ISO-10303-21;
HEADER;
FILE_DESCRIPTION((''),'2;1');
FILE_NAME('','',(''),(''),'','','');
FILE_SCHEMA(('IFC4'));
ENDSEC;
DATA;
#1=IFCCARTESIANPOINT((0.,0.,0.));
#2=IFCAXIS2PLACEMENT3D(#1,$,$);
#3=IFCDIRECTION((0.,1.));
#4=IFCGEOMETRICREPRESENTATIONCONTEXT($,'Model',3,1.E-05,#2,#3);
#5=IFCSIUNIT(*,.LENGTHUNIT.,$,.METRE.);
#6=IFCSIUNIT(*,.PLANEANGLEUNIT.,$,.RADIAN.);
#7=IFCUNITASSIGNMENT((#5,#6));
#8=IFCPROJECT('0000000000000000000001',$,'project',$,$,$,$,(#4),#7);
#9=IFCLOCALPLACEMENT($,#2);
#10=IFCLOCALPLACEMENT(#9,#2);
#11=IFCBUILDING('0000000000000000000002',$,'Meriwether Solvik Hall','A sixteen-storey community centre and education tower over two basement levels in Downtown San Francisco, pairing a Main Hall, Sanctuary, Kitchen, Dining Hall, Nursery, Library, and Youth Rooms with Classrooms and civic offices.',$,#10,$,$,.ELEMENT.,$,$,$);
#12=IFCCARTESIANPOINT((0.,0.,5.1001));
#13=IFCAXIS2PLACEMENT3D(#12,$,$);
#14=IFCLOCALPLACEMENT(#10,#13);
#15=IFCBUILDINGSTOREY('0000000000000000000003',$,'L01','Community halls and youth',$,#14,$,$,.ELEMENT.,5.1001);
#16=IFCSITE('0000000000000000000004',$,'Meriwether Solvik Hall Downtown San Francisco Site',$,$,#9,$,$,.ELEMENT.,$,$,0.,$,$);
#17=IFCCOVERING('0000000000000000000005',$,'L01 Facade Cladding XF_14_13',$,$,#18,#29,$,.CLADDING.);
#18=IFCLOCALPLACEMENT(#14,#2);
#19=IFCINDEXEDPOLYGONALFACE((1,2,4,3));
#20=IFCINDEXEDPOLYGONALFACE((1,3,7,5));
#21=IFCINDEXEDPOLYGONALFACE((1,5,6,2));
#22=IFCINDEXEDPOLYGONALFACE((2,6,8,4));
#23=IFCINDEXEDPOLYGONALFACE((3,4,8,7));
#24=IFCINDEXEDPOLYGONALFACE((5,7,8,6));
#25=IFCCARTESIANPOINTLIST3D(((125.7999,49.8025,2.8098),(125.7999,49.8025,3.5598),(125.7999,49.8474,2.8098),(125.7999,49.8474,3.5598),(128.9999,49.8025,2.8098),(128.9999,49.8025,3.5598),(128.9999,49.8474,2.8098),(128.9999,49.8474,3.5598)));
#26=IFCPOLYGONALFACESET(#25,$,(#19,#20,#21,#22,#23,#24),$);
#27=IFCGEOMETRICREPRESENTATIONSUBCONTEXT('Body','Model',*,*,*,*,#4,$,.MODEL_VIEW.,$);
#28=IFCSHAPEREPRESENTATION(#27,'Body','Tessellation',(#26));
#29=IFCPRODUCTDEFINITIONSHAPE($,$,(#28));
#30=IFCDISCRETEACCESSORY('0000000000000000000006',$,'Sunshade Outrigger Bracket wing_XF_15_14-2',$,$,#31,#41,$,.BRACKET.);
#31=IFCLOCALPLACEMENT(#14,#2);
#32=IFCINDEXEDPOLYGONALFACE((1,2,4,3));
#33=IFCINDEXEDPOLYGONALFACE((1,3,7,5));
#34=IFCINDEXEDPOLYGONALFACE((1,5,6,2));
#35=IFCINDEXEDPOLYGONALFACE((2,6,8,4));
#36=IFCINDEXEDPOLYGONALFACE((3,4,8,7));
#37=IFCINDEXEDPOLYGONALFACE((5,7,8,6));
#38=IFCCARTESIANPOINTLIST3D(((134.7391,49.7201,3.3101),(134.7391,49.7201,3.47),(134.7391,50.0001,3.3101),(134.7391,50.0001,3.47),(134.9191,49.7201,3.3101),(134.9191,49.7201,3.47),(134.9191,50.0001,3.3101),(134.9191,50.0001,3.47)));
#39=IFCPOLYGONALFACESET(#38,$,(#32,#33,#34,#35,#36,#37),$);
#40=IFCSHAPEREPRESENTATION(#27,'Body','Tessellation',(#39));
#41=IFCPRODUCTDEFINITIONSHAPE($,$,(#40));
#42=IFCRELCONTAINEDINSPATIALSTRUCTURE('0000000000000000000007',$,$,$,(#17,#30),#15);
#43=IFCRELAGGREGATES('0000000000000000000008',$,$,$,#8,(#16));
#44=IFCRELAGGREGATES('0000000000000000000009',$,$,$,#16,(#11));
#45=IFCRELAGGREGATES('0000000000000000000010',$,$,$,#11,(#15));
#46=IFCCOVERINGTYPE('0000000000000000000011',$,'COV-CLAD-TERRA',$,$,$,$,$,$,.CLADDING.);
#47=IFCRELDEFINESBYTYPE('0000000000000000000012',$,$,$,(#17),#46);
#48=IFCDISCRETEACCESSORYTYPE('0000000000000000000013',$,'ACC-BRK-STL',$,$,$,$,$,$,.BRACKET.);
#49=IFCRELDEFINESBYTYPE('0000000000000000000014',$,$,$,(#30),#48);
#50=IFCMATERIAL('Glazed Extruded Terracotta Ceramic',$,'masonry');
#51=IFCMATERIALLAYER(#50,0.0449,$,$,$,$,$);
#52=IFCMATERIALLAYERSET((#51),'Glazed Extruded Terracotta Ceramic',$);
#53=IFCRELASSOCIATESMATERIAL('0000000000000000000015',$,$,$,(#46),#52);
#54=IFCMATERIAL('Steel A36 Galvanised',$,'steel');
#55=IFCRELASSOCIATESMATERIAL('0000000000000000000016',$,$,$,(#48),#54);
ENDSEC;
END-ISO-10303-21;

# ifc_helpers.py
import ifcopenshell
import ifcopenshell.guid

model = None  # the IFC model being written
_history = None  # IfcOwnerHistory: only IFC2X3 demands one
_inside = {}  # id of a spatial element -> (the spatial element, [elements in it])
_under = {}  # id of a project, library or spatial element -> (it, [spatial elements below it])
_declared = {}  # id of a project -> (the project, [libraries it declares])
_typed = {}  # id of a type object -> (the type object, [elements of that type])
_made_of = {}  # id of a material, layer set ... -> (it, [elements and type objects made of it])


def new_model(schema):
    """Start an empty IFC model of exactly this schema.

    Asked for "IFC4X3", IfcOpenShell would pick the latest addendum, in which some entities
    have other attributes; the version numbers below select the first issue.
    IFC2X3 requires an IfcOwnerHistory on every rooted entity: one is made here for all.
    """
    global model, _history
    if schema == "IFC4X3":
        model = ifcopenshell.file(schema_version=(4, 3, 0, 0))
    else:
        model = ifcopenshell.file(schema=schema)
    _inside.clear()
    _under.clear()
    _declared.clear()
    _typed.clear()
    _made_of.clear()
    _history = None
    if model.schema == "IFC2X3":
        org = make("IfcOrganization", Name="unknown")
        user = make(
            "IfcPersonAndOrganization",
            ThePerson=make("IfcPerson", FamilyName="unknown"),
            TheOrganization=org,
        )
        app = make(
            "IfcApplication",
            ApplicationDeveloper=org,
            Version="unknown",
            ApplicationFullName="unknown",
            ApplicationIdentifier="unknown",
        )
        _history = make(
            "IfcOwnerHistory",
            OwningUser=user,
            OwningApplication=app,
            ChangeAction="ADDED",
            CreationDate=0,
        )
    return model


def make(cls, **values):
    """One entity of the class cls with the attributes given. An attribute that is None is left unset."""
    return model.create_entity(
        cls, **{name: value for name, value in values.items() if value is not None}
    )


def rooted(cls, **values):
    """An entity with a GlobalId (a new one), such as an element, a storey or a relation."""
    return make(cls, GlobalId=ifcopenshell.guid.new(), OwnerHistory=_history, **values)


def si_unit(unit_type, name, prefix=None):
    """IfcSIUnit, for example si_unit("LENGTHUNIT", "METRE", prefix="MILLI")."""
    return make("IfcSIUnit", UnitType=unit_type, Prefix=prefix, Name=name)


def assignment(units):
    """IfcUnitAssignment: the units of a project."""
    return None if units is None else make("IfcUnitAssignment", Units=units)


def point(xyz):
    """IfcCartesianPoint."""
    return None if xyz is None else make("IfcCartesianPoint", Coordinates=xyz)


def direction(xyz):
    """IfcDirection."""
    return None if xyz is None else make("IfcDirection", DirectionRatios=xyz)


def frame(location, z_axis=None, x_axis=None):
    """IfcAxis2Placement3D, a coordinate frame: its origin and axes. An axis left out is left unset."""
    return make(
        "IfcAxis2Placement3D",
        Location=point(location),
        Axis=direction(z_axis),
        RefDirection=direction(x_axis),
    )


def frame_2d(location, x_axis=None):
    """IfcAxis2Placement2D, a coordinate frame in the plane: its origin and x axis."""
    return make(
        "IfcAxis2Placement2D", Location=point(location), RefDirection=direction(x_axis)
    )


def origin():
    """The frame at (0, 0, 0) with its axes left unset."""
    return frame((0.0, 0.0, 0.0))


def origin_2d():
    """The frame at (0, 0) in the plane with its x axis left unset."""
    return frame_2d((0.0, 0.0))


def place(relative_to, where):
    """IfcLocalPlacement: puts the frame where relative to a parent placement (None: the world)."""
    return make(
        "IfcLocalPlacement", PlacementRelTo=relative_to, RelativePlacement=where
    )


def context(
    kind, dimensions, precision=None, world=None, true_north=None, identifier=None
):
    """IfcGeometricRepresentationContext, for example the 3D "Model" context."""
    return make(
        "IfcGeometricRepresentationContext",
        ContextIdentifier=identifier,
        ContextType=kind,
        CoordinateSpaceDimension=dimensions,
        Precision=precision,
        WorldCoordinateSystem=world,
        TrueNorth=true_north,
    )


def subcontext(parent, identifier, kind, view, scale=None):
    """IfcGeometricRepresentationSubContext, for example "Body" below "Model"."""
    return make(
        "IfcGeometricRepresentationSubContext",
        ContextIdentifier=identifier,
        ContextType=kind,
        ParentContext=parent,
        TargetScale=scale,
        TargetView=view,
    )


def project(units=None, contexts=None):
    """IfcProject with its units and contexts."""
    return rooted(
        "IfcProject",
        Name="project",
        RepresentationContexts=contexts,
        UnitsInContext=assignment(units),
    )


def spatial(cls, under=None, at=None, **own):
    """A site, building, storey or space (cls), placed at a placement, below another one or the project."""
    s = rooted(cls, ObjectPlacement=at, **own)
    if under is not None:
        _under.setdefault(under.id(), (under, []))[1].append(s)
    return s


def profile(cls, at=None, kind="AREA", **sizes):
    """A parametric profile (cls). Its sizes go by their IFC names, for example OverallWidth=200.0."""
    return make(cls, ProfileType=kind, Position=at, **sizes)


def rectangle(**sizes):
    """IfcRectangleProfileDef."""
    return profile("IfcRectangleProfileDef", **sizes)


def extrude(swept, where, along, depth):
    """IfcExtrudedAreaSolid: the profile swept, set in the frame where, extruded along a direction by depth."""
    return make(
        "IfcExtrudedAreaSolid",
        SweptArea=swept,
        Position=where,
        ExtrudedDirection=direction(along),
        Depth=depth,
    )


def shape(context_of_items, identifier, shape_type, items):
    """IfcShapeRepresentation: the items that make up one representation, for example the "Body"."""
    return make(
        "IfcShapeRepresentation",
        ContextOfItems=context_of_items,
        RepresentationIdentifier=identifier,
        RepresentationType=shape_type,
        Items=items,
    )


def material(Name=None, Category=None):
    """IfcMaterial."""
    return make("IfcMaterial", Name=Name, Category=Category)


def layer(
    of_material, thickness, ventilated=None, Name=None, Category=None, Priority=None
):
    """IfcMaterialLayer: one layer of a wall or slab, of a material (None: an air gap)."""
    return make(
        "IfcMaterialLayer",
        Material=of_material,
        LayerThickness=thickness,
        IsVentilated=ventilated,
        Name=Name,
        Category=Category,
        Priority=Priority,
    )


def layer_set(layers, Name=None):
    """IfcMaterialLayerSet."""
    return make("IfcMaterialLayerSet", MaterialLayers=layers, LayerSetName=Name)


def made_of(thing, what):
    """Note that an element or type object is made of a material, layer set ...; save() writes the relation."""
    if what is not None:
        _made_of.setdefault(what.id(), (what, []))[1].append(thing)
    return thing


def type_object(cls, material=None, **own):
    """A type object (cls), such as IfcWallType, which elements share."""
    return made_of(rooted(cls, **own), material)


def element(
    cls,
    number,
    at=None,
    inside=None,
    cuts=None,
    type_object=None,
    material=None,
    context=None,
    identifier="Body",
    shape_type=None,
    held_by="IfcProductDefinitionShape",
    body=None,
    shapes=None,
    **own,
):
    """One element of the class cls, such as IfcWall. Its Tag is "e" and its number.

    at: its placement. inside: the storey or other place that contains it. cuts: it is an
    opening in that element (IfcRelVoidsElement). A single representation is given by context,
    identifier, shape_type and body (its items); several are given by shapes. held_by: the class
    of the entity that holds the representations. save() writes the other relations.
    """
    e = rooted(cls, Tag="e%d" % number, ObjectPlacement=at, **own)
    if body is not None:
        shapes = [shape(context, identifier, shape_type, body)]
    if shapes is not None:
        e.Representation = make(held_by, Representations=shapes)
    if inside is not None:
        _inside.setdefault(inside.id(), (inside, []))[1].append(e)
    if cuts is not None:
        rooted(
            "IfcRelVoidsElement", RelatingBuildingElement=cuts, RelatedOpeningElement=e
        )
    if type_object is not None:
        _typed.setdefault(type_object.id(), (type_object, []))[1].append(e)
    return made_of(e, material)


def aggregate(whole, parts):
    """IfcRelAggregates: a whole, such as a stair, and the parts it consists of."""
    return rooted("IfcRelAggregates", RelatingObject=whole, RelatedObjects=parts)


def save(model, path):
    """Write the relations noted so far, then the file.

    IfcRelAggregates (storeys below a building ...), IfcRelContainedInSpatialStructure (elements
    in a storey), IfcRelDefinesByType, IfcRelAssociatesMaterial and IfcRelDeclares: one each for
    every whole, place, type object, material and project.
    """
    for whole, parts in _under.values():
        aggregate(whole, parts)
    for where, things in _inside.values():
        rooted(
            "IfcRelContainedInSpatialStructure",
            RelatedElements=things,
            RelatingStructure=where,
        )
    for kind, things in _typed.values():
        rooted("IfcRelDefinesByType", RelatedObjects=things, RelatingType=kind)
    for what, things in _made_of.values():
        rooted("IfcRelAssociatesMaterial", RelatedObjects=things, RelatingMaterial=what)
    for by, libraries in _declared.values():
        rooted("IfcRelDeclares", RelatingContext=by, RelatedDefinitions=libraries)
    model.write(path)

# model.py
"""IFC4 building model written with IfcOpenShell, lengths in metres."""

from ifc_helpers import new_model, si_unit, direction, frame, origin, origin_2d, place, context, subcontext, project, spatial, rectangle, extrude, material, layer, layer_set, type_object, element, save


model = new_model("IFC4")

# Units and contexts
model_context = context("Model", 3, precision=1e-05, world=origin(), true_north=direction((0.0, 1.0)))
body_context = subcontext(model_context, "Body", "Model", "MODEL_VIEW")
ifc_project = project(units=[si_unit("LENGTHUNIT", "METRE"), si_unit("PLANEANGLEUNIT", "RADIAN")], contexts=[model_context])

# Site, building, storey
site_placement = place(None, origin())
site = spatial("IfcSite", under=ifc_project, at=site_placement, Name="Meriwether Solvik Hall Downtown San Francisco Site", CompositionType="ELEMENT", RefElevation=0.0)
building_placement = place(site_placement, origin())
building = spatial("IfcBuilding", under=site, at=building_placement, Name="Meriwether Solvik Hall", Description="A sixteen-storey community centre and education tower over two basement levels in Downtown San Francisco, pairing a Main Hall, Sanctuary, Kitchen, Dining Hall, Nursery, Library, and Youth Rooms with Classrooms and civic offices.", CompositionType="ELEMENT")
storey_placement = place(building_placement, frame((0.0, 0.0, 5.1001)))
storey = spatial("IfcBuildingStorey", under=building, at=storey_placement, Name="L01", Description="Community halls and youth", CompositionType="ELEMENT", Elevation=5.1001)

# Covering
ifc_material_1 = material(Name="Glazed Extruded Terracotta Ceramic", Category="masonry")
ifc_layer_1 = layer(ifc_material_1, 0.0449)
ifc_layer_set_1 = layer_set([ifc_layer_1], Name="Glazed Extruded Terracotta Ceramic")
covering_type = type_object("IfcCoveringType", Name="COV-CLAD-TERRA", PredefinedType="CLADDING", material=ifc_layer_set_1)
covering_placement = place(storey_placement, frame((127.3999, 49.825, 2.8098), z_axis=(0.0, 0.0, 1.0), x_axis=(-1.0, 0.0, 0.0)))
element("IfcCovering", 1, at=covering_placement, inside=storey, type_object=covering_type, Name="L01 Facade Cladding XF_14_13", PredefinedType="CLADDING", context=body_context, shape_type="SweptSolid", body=[
    extrude(rectangle(XDim=3.2, YDim=0.0449, at=origin_2d()), origin(), (0.0, 0.0, 1.0), 0.75),
])

# Discrete accessory
ifc_material_2 = material(Name="Steel A36 Galvanised", Category="steel")
discrete_accessory_type = type_object("IfcDiscreteAccessoryType", Name="ACC-BRK-STL", PredefinedType="BRACKET", material=ifc_material_2)
discrete_accessory_placement = place(storey_placement, frame((134.8291, 49.8601, 3.3101), z_axis=(0.0, 0.0, 1.0), x_axis=(-1.0, 0.0, 0.0)))
element("IfcDiscreteAccessory", 2, at=discrete_accessory_placement, inside=storey, type_object=discrete_accessory_type, Name="Sunshade Outrigger Bracket wing_XF_15_14-2", PredefinedType="BRACKET", context=body_context, shape_type="SweptSolid", body=[
    extrude(rectangle(XDim=0.1799, YDim=0.28, at=origin_2d()), origin(), (0.0, 0.0, 1.0), 0.1599),
])

save(model, "model.ifc")
